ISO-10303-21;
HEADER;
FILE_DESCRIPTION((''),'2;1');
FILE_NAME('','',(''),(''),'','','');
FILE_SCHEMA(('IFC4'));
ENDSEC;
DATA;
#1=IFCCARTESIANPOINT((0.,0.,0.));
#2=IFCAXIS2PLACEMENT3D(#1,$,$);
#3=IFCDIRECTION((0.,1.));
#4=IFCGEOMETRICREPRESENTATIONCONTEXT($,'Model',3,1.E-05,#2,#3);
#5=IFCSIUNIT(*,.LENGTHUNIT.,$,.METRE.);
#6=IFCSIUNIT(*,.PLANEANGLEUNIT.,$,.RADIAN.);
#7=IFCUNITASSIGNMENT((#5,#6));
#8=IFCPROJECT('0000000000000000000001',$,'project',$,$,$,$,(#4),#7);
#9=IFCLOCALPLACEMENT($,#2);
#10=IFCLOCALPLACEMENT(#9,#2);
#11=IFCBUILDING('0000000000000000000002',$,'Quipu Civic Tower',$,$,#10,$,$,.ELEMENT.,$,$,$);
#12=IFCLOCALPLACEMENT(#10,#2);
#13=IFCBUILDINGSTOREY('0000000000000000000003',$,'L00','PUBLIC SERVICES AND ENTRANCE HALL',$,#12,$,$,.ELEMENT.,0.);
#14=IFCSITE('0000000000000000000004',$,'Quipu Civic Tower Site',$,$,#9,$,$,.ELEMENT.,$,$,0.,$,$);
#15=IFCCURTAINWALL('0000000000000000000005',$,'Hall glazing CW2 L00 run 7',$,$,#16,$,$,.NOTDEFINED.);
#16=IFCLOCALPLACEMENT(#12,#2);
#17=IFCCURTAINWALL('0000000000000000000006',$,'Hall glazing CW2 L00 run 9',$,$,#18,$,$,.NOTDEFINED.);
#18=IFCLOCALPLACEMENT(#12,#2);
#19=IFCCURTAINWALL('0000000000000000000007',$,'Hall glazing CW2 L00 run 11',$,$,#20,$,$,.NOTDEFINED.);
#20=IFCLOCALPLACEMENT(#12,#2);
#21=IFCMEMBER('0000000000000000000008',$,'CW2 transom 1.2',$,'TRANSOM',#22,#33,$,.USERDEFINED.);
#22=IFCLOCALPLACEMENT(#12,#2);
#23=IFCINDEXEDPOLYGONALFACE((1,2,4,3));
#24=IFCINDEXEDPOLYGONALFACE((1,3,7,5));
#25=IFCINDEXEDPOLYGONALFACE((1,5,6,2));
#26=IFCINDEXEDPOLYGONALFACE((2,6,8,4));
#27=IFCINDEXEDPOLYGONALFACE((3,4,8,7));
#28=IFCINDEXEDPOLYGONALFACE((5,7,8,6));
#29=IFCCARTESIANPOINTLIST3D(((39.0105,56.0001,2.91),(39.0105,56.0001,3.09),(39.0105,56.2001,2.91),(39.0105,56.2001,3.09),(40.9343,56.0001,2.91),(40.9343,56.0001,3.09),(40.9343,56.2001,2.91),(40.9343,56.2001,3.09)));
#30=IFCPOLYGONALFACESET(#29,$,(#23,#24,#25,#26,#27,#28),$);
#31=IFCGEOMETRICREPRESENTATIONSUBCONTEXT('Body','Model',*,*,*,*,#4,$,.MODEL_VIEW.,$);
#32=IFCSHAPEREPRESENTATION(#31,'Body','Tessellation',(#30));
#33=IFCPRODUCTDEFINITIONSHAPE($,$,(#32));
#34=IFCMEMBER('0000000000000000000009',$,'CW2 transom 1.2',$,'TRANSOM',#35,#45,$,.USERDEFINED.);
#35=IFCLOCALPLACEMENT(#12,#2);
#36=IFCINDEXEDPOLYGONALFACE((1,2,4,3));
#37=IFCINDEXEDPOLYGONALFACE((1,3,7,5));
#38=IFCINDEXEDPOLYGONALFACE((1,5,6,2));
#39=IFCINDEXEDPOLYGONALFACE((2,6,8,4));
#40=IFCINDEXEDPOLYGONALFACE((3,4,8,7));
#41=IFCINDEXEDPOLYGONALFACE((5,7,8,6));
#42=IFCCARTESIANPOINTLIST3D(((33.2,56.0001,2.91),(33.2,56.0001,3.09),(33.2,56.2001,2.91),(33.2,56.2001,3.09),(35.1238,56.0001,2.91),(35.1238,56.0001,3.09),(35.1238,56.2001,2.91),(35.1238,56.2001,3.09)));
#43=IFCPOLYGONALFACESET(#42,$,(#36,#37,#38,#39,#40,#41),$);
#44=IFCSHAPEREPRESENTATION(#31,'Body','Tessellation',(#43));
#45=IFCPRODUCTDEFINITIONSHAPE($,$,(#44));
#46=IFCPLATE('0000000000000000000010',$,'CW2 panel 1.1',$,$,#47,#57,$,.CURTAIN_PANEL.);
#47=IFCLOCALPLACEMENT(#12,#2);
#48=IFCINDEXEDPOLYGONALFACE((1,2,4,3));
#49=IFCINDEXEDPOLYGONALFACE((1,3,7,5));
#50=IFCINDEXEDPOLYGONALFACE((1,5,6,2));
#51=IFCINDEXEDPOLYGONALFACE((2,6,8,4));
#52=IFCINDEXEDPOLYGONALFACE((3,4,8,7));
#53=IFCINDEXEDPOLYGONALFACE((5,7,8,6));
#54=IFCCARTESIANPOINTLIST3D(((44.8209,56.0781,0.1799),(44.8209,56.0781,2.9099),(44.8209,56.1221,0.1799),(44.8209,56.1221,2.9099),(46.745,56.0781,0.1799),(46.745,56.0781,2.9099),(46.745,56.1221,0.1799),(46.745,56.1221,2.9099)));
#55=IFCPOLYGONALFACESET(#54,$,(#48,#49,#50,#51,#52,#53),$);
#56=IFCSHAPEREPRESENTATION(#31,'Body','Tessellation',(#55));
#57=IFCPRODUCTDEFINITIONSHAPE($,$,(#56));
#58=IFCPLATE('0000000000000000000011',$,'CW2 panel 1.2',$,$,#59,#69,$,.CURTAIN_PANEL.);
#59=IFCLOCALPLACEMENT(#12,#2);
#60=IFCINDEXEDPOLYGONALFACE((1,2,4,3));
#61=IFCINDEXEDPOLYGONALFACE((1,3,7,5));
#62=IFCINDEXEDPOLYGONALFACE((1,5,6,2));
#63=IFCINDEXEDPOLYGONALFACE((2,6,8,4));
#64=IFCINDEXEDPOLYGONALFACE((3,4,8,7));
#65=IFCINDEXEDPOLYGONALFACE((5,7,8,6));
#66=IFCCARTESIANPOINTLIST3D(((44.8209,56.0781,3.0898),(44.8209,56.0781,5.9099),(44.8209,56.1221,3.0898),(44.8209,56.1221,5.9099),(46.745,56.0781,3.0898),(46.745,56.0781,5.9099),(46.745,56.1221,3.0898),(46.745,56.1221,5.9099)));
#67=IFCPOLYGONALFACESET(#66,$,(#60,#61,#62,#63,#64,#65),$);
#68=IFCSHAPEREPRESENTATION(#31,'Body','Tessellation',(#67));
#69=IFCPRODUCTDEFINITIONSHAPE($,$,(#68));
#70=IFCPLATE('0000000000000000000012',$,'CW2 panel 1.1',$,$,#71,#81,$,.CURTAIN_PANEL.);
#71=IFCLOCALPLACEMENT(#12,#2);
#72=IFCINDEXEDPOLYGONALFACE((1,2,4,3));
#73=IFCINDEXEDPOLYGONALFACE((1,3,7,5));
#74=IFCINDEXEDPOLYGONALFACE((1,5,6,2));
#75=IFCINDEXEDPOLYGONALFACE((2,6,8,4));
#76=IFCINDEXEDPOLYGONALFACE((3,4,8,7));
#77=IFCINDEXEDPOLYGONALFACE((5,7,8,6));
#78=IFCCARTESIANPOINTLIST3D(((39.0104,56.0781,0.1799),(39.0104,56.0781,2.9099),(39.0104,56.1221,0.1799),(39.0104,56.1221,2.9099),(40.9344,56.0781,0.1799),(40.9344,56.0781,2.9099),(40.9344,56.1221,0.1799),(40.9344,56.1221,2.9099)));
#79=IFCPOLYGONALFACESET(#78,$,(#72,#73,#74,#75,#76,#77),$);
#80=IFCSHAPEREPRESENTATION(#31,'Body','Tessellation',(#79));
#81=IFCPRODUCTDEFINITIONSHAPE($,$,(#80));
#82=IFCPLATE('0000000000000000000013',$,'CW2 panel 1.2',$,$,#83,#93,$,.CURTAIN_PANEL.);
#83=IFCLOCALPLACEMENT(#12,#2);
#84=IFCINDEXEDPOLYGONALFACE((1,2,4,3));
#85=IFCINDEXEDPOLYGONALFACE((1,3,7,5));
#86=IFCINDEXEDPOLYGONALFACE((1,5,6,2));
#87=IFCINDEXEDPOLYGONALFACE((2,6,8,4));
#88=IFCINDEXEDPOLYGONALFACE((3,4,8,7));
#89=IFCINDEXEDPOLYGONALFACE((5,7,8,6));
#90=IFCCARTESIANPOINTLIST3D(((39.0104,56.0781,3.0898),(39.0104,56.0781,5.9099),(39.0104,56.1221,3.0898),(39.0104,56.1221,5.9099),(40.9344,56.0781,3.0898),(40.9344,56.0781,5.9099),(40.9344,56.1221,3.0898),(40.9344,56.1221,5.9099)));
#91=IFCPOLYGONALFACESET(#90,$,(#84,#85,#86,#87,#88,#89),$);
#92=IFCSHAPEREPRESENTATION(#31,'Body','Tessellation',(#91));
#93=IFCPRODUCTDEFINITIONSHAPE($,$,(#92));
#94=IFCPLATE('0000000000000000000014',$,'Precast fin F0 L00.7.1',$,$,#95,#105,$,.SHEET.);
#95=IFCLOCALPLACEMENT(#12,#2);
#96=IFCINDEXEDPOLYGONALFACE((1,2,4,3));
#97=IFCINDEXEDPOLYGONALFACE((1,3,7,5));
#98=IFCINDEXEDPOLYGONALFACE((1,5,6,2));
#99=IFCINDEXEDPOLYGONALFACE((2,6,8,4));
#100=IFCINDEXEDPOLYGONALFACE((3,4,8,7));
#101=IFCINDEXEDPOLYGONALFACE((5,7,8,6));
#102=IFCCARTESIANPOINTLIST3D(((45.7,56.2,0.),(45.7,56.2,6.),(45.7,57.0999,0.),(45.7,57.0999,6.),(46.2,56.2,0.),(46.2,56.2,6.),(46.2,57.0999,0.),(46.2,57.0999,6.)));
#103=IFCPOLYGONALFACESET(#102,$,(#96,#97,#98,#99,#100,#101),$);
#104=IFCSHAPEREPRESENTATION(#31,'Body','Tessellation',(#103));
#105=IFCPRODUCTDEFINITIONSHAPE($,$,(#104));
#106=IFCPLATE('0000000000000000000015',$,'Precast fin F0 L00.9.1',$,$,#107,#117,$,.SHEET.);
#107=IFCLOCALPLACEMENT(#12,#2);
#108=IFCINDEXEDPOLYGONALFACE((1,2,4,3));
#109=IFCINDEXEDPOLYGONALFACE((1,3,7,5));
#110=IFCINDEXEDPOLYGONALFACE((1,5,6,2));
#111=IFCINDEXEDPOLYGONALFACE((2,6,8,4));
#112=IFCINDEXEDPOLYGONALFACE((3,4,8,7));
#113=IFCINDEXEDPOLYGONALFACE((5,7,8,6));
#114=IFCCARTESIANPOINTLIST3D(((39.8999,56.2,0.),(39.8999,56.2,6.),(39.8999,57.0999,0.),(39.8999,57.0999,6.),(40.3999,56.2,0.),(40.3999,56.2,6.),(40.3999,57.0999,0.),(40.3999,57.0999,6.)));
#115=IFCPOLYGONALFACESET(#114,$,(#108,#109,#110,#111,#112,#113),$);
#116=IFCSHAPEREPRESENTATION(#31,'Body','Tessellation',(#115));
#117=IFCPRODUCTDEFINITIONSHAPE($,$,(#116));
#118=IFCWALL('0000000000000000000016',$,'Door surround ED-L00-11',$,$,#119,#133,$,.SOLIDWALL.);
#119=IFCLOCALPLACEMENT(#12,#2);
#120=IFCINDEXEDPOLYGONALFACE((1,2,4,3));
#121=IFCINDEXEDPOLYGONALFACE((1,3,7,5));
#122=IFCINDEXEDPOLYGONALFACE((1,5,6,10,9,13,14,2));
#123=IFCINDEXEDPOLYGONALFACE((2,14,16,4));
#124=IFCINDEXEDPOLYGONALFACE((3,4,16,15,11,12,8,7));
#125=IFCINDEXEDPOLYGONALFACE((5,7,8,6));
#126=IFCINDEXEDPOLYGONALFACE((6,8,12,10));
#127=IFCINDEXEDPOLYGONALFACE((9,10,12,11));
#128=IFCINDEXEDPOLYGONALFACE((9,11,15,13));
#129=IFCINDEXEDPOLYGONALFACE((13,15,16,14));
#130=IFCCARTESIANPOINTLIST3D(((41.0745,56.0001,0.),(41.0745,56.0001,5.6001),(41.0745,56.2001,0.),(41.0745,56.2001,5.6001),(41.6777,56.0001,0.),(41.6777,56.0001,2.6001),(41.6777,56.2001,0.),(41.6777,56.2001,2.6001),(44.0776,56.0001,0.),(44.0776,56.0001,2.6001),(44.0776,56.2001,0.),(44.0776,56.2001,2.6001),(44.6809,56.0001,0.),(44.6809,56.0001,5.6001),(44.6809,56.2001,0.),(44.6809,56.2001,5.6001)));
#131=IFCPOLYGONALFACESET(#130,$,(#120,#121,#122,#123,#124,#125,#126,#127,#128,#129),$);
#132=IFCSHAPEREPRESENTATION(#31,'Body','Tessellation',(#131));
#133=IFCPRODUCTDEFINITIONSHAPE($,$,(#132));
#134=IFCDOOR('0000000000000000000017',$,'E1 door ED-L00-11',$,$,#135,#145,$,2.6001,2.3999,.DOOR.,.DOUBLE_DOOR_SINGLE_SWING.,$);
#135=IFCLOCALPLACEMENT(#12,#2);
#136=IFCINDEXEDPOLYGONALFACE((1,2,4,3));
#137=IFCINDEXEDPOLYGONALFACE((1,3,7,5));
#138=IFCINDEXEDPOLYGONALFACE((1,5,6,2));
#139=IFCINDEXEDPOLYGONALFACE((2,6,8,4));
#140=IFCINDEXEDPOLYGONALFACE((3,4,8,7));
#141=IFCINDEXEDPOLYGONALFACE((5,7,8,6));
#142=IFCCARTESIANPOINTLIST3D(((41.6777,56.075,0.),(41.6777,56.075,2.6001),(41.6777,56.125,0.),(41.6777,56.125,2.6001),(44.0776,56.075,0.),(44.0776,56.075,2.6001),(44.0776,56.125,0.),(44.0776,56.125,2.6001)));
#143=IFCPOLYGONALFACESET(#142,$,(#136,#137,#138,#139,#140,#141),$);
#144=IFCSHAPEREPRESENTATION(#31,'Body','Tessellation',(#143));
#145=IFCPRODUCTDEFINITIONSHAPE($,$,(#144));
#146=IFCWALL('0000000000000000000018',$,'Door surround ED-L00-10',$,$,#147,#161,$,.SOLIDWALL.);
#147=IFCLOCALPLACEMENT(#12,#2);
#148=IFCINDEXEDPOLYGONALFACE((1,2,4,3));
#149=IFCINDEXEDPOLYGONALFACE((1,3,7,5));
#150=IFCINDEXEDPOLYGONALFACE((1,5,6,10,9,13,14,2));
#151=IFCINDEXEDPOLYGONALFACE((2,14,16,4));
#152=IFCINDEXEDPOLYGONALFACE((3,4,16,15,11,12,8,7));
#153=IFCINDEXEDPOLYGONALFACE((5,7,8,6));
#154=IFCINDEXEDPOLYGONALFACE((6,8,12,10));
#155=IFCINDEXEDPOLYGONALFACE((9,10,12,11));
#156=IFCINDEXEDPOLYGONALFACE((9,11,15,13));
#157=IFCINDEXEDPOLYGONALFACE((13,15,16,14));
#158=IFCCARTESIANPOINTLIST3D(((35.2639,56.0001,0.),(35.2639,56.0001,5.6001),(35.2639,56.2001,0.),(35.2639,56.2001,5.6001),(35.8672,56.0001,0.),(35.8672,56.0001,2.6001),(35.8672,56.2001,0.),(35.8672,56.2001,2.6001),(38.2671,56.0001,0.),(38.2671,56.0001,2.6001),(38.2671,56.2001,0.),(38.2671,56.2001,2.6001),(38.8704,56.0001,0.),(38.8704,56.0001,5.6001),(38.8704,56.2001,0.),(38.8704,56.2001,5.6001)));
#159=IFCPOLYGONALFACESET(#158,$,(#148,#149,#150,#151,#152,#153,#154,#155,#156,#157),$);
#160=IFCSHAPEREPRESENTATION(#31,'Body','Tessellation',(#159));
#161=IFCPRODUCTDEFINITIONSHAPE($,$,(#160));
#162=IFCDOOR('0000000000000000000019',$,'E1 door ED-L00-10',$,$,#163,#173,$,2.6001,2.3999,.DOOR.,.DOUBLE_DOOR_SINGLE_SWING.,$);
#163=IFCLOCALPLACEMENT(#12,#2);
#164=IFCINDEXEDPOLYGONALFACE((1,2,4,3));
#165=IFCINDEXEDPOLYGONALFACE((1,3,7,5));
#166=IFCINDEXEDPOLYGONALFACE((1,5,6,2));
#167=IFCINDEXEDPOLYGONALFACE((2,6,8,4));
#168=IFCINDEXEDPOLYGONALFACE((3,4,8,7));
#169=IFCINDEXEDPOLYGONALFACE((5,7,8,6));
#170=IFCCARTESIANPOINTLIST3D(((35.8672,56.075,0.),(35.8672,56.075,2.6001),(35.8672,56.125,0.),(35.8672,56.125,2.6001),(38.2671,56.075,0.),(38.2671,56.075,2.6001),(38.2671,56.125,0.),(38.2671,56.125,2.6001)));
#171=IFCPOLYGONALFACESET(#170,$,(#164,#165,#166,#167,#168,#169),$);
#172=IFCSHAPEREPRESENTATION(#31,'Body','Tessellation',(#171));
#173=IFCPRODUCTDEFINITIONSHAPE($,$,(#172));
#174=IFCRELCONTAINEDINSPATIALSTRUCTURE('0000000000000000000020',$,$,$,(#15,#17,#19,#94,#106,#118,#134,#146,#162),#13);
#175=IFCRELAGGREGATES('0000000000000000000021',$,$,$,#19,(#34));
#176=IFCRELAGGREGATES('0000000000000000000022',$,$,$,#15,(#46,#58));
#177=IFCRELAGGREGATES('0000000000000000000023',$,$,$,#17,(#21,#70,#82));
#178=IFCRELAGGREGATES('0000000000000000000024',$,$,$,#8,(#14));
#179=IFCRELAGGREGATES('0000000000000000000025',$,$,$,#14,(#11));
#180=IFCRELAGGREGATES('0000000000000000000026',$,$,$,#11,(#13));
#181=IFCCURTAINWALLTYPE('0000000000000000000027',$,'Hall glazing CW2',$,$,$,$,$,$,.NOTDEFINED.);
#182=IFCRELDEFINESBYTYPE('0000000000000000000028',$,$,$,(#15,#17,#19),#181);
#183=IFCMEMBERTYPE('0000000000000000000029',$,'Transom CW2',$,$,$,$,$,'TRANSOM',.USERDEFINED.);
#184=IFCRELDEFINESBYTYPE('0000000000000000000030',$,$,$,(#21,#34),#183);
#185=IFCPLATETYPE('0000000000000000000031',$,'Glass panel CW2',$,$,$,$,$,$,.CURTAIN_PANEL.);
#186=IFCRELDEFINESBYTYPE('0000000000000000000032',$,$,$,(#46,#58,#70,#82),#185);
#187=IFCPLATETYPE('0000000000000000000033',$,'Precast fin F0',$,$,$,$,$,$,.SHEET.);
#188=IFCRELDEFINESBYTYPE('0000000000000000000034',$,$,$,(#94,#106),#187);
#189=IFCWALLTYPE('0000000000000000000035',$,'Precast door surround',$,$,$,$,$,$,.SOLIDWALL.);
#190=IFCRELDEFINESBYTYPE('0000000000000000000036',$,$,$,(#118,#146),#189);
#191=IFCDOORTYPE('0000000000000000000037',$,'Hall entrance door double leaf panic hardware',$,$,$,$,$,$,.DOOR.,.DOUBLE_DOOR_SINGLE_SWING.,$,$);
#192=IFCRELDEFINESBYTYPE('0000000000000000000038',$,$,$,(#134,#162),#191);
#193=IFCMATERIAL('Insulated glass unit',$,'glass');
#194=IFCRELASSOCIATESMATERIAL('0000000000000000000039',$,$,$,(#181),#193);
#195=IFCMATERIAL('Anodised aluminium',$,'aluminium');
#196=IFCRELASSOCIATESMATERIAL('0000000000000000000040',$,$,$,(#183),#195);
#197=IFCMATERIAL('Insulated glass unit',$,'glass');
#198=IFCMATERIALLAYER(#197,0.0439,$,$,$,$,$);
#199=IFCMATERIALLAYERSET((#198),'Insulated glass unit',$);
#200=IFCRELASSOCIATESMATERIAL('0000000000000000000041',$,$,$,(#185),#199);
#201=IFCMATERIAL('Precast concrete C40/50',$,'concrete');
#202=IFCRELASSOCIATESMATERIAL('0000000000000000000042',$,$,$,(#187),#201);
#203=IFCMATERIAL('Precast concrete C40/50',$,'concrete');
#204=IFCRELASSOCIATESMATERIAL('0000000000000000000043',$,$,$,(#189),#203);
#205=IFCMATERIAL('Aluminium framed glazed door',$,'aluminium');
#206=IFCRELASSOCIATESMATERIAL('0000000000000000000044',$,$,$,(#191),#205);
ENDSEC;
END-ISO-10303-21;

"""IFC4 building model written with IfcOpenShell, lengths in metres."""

from ifc_helpers import new_model, si_unit, direction, frame, frame_2d, origin, origin_2d, place, context, subcontext, project, spatial, rectangle, extrude, material, layer, layer_set, material_profile, profile_set, type_object, element, fill, aggregate, save


model = new_model("IFC4")

# Units and contexts
model_context = context("Model", 3, precision=1e-05, world=origin(), true_north=direction((0.0, 1.0)))
body_context = subcontext(model_context, "Body", "Model", "MODEL_VIEW")
ifc_project = project(units=[si_unit("LENGTHUNIT", "METRE"), si_unit("PLANEANGLEUNIT", "RADIAN")], contexts=[model_context])

# Site, building, storey
site_placement = place(None, origin())
site = spatial("IfcSite", under=ifc_project, at=site_placement, Name="Quipu Civic Tower Site", CompositionType="ELEMENT", RefElevation=0.0)
building_placement = place(site_placement, origin())
building = spatial("IfcBuilding", under=site, at=building_placement, Name="Quipu Civic Tower", CompositionType="ELEMENT")
storey_placement = place(building_placement, origin())
storey = spatial("IfcBuildingStorey", under=building, at=storey_placement, Name="L00", Description="PUBLIC SERVICES AND ENTRANCE HALL", CompositionType="ELEMENT", Elevation=0.0)

# Curtain wall
ifc_material_1 = material(Name="Insulated glass unit", Category="glass")
curtain_wall_type = type_object("IfcCurtainWallType", Name="Hall glazing CW2", PredefinedType="NOTDEFINED", material=ifc_material_1)
curtain_wall_1_placement = place(storey_placement, origin())
curtain_wall_1 = element("IfcCurtainWall", 1, at=curtain_wall_1_placement, inside=storey, type_object=curtain_wall_type, Name="Hall glazing CW2 L00 run 7", PredefinedType="NOTDEFINED")

# Curtain wall
curtain_wall_2_placement = place(storey_placement, origin())
curtain_wall_2 = element("IfcCurtainWall", 2, at=curtain_wall_2_placement, inside=storey, type_object=curtain_wall_type, Name="Hall glazing CW2 L00 run 9", PredefinedType="NOTDEFINED")

# Curtain wall
curtain_wall_3_placement = place(storey_placement, origin())
curtain_wall_3 = element("IfcCurtainWall", 3, at=curtain_wall_3_placement, inside=storey, type_object=curtain_wall_type, Name="Hall glazing CW2 L00 run 11", PredefinedType="NOTDEFINED")

# Members
ifc_material_2 = material(Name="Anodised aluminium", Category="aluminium")
ifc_material_profile_1 = material_profile(ifc_material_2, rectangle(XDim=0.2, YDim=0.1799, at=origin_2d()), Name="RECT 200x180")
ifc_profile_set_1 = profile_set([ifc_material_profile_1], Name="Anodised aluminium")
member_type_1 = type_object("IfcMemberType", Name="Transom CW2", ElementType="TRANSOM", PredefinedType="USERDEFINED", material=ifc_profile_set_1)
member_1_placement = place(storey_placement, frame((40.9343, 56.1001, 3.0), z_axis=(-1.0, 0.0, 0.0), x_axis=(0.0, -1.0, 0.0)))
member_1 = element("IfcMember", 4, at=member_1_placement, type_object=member_type_1, Name="CW2 transom 1.2", ObjectType="TRANSOM", PredefinedType="USERDEFINED", context=body_context, shape_type="SweptSolid", body=[
    extrude(rectangle(XDim=0.2, YDim=0.1799, at=origin_2d()), origin(), (0.0, 0.0, 1.0), 1.9238),
])
member_2_placement = place(storey_placement, frame((35.1238, 56.1001, 3.0), z_axis=(-1.0, 0.0, 0.0), x_axis=(0.0, -1.0, 0.0)))
member_2 = element("IfcMember", 5, at=member_2_placement, type_object=member_type_1, Name="CW2 transom 1.2", ObjectType="TRANSOM", PredefinedType="USERDEFINED", context=body_context, shape_type="SweptSolid", body=[
    extrude(rectangle(XDim=0.2, YDim=0.1799, at=origin_2d()), origin(), (0.0, 0.0, 1.0), 1.9238),
])
aggregate(curtain_wall_3, [member_2])

# Plates
ifc_material_3 = material(Name="Insulated glass unit", Category="glass")
ifc_layer = layer(ifc_material_3, 0.0439)
ifc_layer_set = layer_set([ifc_layer], Name="Insulated glass unit")
plate_type_1 = type_object("IfcPlateType", Name="Glass panel CW2", PredefinedType="CURTAIN_PANEL", material=ifc_layer_set)
plate_1_placement = place(storey_placement, frame((45.783, 56.1001, 0.1799), z_axis=(0.0, 0.0, 1.0), x_axis=(-1.0, 0.0, 0.0)))
plate_1 = element("IfcPlate", 6, at=plate_1_placement, type_object=plate_type_1, Name="CW2 panel 1.1", PredefinedType="CURTAIN_PANEL", context=body_context, shape_type="SweptSolid", body=[
    extrude(rectangle(XDim=1.9241, YDim=0.0439, at=origin_2d()), origin(), (0.0, 0.0, 1.0), 2.73),
])
plate_2_placement = place(storey_placement, frame((45.783, 56.1001, 3.0898), z_axis=(0.0, 0.0, 1.0), x_axis=(-1.0, 0.0, 0.0)))
plate_2 = element("IfcPlate", 7, at=plate_2_placement, type_object=plate_type_1, Name="CW2 panel 1.2", PredefinedType="CURTAIN_PANEL", context=body_context, shape_type="SweptSolid", body=[
    extrude(rectangle(XDim=1.9241, YDim=0.0439, at=origin_2d()), origin(), (0.0, 0.0, 1.0), 2.8201),
])
aggregate(curtain_wall_1, [plate_1, plate_2])
plate_3_placement = place(storey_placement, frame((39.9724, 56.1001, 0.1799), z_axis=(0.0, 0.0, 1.0), x_axis=(-1.0, 0.0, 0.0)))
plate_3 = element("IfcPlate", 8, at=plate_3_placement, type_object=plate_type_1, Name="CW2 panel 1.1", PredefinedType="CURTAIN_PANEL", context=body_context, shape_type="SweptSolid", body=[
    extrude(rectangle(XDim=1.9241, YDim=0.0439, at=origin_2d()), origin(), (0.0, 0.0, 1.0), 2.73),
])
plate_4_placement = place(storey_placement, frame((39.9724, 56.1001, 3.0898), z_axis=(0.0, 0.0, 1.0), x_axis=(-1.0, 0.0, 0.0)))
plate_4 = element("IfcPlate", 9, at=plate_4_placement, type_object=plate_type_1, Name="CW2 panel 1.2", PredefinedType="CURTAIN_PANEL", context=body_context, shape_type="SweptSolid", body=[
    extrude(rectangle(XDim=1.9241, YDim=0.0439, at=origin_2d()), origin(), (0.0, 0.0, 1.0), 2.8201),
])
aggregate(curtain_wall_2, [member_1, plate_3, plate_4])

# Plates
ifc_material_4 = material(Name="Precast concrete C40/50", Category="concrete")
plate_type_2 = type_object("IfcPlateType", Name="Precast fin F0", PredefinedType="SHEET", material=ifc_material_4)
for number, where, z_axis, x_axis, name in (
    (10, (45.95, 56.6499, 0.0), (0.0, 0.0, 1.0), (-1.0, 0.0, 0.0), "Precast fin F0 L00.7.1"),
    (11, (40.1499, 56.6499, 0.0), (0.0, 0.0, 1.0), (-1.0, 0.0, 0.0), "Precast fin F0 L00.9.1"),
):
    element("IfcPlate", number, at=place(storey_placement, frame(where, z_axis=z_axis, x_axis=x_axis)), inside=storey, type_object=plate_type_2, Name=name, PredefinedType="SHEET", context=body_context, shape_type="SweptSolid", body=[
        extrude(rectangle(XDim=0.5, YDim=0.8999, at=origin_2d()), origin(), (0.0, 0.0, 1.0), 6.0),
    ])

# Walls, openings, doors
ifc_material_5 = material(Name="Precast concrete C40/50", Category="concrete")
wall_type = type_object("IfcWallType", Name="Precast door surround", PredefinedType="SOLIDWALL", material=ifc_material_5)
wall_1_placement = place(storey_placement, frame((41.0745, 56.1001, 0.0), z_axis=(0.0, 0.0, 1.0), x_axis=(1.0, 0.0, 0.0)))
wall_1 = element("IfcWall", 12, at=wall_1_placement, inside=storey, type_object=wall_type, Name="Door surround ED-L00-11", PredefinedType="SOLIDWALL", context=body_context, shape_type="SweptSolid", body=[
    extrude(rectangle(XDim=3.6064, YDim=0.2, at=frame_2d((1.8032, 0.0))), origin(), (0.0, 0.0, 1.0), 5.6001),
])
opening_1_placement = place(wall_1_placement, frame((0.6033, 0.0, 0.0)))
opening_1 = element("IfcOpeningElement", 13, at=opening_1_placement, cuts=wall_1, PredefinedType="OPENING", context=body_context, shape_type="SweptSolid", body=[
    extrude(rectangle(XDim=2.3999, YDim=2.6001, at=frame_2d((1.2, 1.3))), frame((0.0, 0.1099, 0.0), z_axis=(0.0, -1.0, 0.0), x_axis=(1.0, 0.0, 0.0)), (0.0, 0.0, 1.0), 0.22),
])
ifc_material_6 = material(Name="Aluminium framed glazed door", Category="aluminium")
door_type = type_object("IfcDoorType", Name="Hall entrance door double leaf panic hardware", OperationType="DOUBLE_DOOR_SINGLE_SWING", PredefinedType="DOOR", material=ifc_material_6)
door_1_placement = place(opening_1_placement, origin())
door_1 = element("IfcDoor", 14, at=door_1_placement, inside=storey, type_object=door_type, Name="E1 door ED-L00-11", OperationType="DOUBLE_DOOR_SINGLE_SWING", OverallHeight=2.6001, OverallWidth=2.3999, PredefinedType="DOOR", context=body_context, shape_type="SweptSolid", body=[
    extrude(rectangle(XDim=2.3999, YDim=2.6001, at=frame_2d((1.2, 1.3))), frame((0.0, 0.0249, 0.0), z_axis=(0.0, -1.0, 0.0), x_axis=(1.0, 0.0, 0.0)), (0.0, 0.0, 1.0), 0.05),
])
fill(opening_1, door_1)
wall_2_placement = place(storey_placement, frame((35.2639, 56.1001, 0.0), z_axis=(0.0, 0.0, 1.0), x_axis=(1.0, 0.0, 0.0)))
wall_2 = element("IfcWall", 15, at=wall_2_placement, inside=storey, type_object=wall_type, Name="Door surround ED-L00-10", PredefinedType="SOLIDWALL", context=body_context, shape_type="SweptSolid", body=[
    extrude(rectangle(XDim=3.6064, YDim=0.2, at=frame_2d((1.8032, 0.0))), origin(), (0.0, 0.0, 1.0), 5.6001),
])
opening_2_placement = place(wall_2_placement, frame((0.6033, 0.0, 0.0)))
opening_2 = element("IfcOpeningElement", 16, at=opening_2_placement, cuts=wall_2, PredefinedType="OPENING", context=body_context, shape_type="SweptSolid", body=[
    extrude(rectangle(XDim=2.3999, YDim=2.6001, at=frame_2d((1.2, 1.3))), frame((0.0, 0.1099, 0.0), z_axis=(0.0, -1.0, 0.0), x_axis=(1.0, 0.0, 0.0)), (0.0, 0.0, 1.0), 0.22),
])
door_2_placement = place(opening_2_placement, origin())
door_2 = element("IfcDoor", 17, at=door_2_placement, inside=storey, type_object=door_type, Name="E1 door ED-L00-10", OperationType="DOUBLE_DOOR_SINGLE_SWING", OverallHeight=2.6001, OverallWidth=2.3999, PredefinedType="DOOR", context=body_context, shape_type="SweptSolid", body=[
    extrude(rectangle(XDim=2.3999, YDim=2.6001, at=frame_2d((1.2, 1.3))), frame((0.0, 0.0249, 0.0), z_axis=(0.0, -1.0, 0.0), x_axis=(1.0, 0.0, 0.0)), (0.0, 0.0, 1.0), 0.05),
])
fill(opening_2, door_2)

save(model, "model.ifc")
